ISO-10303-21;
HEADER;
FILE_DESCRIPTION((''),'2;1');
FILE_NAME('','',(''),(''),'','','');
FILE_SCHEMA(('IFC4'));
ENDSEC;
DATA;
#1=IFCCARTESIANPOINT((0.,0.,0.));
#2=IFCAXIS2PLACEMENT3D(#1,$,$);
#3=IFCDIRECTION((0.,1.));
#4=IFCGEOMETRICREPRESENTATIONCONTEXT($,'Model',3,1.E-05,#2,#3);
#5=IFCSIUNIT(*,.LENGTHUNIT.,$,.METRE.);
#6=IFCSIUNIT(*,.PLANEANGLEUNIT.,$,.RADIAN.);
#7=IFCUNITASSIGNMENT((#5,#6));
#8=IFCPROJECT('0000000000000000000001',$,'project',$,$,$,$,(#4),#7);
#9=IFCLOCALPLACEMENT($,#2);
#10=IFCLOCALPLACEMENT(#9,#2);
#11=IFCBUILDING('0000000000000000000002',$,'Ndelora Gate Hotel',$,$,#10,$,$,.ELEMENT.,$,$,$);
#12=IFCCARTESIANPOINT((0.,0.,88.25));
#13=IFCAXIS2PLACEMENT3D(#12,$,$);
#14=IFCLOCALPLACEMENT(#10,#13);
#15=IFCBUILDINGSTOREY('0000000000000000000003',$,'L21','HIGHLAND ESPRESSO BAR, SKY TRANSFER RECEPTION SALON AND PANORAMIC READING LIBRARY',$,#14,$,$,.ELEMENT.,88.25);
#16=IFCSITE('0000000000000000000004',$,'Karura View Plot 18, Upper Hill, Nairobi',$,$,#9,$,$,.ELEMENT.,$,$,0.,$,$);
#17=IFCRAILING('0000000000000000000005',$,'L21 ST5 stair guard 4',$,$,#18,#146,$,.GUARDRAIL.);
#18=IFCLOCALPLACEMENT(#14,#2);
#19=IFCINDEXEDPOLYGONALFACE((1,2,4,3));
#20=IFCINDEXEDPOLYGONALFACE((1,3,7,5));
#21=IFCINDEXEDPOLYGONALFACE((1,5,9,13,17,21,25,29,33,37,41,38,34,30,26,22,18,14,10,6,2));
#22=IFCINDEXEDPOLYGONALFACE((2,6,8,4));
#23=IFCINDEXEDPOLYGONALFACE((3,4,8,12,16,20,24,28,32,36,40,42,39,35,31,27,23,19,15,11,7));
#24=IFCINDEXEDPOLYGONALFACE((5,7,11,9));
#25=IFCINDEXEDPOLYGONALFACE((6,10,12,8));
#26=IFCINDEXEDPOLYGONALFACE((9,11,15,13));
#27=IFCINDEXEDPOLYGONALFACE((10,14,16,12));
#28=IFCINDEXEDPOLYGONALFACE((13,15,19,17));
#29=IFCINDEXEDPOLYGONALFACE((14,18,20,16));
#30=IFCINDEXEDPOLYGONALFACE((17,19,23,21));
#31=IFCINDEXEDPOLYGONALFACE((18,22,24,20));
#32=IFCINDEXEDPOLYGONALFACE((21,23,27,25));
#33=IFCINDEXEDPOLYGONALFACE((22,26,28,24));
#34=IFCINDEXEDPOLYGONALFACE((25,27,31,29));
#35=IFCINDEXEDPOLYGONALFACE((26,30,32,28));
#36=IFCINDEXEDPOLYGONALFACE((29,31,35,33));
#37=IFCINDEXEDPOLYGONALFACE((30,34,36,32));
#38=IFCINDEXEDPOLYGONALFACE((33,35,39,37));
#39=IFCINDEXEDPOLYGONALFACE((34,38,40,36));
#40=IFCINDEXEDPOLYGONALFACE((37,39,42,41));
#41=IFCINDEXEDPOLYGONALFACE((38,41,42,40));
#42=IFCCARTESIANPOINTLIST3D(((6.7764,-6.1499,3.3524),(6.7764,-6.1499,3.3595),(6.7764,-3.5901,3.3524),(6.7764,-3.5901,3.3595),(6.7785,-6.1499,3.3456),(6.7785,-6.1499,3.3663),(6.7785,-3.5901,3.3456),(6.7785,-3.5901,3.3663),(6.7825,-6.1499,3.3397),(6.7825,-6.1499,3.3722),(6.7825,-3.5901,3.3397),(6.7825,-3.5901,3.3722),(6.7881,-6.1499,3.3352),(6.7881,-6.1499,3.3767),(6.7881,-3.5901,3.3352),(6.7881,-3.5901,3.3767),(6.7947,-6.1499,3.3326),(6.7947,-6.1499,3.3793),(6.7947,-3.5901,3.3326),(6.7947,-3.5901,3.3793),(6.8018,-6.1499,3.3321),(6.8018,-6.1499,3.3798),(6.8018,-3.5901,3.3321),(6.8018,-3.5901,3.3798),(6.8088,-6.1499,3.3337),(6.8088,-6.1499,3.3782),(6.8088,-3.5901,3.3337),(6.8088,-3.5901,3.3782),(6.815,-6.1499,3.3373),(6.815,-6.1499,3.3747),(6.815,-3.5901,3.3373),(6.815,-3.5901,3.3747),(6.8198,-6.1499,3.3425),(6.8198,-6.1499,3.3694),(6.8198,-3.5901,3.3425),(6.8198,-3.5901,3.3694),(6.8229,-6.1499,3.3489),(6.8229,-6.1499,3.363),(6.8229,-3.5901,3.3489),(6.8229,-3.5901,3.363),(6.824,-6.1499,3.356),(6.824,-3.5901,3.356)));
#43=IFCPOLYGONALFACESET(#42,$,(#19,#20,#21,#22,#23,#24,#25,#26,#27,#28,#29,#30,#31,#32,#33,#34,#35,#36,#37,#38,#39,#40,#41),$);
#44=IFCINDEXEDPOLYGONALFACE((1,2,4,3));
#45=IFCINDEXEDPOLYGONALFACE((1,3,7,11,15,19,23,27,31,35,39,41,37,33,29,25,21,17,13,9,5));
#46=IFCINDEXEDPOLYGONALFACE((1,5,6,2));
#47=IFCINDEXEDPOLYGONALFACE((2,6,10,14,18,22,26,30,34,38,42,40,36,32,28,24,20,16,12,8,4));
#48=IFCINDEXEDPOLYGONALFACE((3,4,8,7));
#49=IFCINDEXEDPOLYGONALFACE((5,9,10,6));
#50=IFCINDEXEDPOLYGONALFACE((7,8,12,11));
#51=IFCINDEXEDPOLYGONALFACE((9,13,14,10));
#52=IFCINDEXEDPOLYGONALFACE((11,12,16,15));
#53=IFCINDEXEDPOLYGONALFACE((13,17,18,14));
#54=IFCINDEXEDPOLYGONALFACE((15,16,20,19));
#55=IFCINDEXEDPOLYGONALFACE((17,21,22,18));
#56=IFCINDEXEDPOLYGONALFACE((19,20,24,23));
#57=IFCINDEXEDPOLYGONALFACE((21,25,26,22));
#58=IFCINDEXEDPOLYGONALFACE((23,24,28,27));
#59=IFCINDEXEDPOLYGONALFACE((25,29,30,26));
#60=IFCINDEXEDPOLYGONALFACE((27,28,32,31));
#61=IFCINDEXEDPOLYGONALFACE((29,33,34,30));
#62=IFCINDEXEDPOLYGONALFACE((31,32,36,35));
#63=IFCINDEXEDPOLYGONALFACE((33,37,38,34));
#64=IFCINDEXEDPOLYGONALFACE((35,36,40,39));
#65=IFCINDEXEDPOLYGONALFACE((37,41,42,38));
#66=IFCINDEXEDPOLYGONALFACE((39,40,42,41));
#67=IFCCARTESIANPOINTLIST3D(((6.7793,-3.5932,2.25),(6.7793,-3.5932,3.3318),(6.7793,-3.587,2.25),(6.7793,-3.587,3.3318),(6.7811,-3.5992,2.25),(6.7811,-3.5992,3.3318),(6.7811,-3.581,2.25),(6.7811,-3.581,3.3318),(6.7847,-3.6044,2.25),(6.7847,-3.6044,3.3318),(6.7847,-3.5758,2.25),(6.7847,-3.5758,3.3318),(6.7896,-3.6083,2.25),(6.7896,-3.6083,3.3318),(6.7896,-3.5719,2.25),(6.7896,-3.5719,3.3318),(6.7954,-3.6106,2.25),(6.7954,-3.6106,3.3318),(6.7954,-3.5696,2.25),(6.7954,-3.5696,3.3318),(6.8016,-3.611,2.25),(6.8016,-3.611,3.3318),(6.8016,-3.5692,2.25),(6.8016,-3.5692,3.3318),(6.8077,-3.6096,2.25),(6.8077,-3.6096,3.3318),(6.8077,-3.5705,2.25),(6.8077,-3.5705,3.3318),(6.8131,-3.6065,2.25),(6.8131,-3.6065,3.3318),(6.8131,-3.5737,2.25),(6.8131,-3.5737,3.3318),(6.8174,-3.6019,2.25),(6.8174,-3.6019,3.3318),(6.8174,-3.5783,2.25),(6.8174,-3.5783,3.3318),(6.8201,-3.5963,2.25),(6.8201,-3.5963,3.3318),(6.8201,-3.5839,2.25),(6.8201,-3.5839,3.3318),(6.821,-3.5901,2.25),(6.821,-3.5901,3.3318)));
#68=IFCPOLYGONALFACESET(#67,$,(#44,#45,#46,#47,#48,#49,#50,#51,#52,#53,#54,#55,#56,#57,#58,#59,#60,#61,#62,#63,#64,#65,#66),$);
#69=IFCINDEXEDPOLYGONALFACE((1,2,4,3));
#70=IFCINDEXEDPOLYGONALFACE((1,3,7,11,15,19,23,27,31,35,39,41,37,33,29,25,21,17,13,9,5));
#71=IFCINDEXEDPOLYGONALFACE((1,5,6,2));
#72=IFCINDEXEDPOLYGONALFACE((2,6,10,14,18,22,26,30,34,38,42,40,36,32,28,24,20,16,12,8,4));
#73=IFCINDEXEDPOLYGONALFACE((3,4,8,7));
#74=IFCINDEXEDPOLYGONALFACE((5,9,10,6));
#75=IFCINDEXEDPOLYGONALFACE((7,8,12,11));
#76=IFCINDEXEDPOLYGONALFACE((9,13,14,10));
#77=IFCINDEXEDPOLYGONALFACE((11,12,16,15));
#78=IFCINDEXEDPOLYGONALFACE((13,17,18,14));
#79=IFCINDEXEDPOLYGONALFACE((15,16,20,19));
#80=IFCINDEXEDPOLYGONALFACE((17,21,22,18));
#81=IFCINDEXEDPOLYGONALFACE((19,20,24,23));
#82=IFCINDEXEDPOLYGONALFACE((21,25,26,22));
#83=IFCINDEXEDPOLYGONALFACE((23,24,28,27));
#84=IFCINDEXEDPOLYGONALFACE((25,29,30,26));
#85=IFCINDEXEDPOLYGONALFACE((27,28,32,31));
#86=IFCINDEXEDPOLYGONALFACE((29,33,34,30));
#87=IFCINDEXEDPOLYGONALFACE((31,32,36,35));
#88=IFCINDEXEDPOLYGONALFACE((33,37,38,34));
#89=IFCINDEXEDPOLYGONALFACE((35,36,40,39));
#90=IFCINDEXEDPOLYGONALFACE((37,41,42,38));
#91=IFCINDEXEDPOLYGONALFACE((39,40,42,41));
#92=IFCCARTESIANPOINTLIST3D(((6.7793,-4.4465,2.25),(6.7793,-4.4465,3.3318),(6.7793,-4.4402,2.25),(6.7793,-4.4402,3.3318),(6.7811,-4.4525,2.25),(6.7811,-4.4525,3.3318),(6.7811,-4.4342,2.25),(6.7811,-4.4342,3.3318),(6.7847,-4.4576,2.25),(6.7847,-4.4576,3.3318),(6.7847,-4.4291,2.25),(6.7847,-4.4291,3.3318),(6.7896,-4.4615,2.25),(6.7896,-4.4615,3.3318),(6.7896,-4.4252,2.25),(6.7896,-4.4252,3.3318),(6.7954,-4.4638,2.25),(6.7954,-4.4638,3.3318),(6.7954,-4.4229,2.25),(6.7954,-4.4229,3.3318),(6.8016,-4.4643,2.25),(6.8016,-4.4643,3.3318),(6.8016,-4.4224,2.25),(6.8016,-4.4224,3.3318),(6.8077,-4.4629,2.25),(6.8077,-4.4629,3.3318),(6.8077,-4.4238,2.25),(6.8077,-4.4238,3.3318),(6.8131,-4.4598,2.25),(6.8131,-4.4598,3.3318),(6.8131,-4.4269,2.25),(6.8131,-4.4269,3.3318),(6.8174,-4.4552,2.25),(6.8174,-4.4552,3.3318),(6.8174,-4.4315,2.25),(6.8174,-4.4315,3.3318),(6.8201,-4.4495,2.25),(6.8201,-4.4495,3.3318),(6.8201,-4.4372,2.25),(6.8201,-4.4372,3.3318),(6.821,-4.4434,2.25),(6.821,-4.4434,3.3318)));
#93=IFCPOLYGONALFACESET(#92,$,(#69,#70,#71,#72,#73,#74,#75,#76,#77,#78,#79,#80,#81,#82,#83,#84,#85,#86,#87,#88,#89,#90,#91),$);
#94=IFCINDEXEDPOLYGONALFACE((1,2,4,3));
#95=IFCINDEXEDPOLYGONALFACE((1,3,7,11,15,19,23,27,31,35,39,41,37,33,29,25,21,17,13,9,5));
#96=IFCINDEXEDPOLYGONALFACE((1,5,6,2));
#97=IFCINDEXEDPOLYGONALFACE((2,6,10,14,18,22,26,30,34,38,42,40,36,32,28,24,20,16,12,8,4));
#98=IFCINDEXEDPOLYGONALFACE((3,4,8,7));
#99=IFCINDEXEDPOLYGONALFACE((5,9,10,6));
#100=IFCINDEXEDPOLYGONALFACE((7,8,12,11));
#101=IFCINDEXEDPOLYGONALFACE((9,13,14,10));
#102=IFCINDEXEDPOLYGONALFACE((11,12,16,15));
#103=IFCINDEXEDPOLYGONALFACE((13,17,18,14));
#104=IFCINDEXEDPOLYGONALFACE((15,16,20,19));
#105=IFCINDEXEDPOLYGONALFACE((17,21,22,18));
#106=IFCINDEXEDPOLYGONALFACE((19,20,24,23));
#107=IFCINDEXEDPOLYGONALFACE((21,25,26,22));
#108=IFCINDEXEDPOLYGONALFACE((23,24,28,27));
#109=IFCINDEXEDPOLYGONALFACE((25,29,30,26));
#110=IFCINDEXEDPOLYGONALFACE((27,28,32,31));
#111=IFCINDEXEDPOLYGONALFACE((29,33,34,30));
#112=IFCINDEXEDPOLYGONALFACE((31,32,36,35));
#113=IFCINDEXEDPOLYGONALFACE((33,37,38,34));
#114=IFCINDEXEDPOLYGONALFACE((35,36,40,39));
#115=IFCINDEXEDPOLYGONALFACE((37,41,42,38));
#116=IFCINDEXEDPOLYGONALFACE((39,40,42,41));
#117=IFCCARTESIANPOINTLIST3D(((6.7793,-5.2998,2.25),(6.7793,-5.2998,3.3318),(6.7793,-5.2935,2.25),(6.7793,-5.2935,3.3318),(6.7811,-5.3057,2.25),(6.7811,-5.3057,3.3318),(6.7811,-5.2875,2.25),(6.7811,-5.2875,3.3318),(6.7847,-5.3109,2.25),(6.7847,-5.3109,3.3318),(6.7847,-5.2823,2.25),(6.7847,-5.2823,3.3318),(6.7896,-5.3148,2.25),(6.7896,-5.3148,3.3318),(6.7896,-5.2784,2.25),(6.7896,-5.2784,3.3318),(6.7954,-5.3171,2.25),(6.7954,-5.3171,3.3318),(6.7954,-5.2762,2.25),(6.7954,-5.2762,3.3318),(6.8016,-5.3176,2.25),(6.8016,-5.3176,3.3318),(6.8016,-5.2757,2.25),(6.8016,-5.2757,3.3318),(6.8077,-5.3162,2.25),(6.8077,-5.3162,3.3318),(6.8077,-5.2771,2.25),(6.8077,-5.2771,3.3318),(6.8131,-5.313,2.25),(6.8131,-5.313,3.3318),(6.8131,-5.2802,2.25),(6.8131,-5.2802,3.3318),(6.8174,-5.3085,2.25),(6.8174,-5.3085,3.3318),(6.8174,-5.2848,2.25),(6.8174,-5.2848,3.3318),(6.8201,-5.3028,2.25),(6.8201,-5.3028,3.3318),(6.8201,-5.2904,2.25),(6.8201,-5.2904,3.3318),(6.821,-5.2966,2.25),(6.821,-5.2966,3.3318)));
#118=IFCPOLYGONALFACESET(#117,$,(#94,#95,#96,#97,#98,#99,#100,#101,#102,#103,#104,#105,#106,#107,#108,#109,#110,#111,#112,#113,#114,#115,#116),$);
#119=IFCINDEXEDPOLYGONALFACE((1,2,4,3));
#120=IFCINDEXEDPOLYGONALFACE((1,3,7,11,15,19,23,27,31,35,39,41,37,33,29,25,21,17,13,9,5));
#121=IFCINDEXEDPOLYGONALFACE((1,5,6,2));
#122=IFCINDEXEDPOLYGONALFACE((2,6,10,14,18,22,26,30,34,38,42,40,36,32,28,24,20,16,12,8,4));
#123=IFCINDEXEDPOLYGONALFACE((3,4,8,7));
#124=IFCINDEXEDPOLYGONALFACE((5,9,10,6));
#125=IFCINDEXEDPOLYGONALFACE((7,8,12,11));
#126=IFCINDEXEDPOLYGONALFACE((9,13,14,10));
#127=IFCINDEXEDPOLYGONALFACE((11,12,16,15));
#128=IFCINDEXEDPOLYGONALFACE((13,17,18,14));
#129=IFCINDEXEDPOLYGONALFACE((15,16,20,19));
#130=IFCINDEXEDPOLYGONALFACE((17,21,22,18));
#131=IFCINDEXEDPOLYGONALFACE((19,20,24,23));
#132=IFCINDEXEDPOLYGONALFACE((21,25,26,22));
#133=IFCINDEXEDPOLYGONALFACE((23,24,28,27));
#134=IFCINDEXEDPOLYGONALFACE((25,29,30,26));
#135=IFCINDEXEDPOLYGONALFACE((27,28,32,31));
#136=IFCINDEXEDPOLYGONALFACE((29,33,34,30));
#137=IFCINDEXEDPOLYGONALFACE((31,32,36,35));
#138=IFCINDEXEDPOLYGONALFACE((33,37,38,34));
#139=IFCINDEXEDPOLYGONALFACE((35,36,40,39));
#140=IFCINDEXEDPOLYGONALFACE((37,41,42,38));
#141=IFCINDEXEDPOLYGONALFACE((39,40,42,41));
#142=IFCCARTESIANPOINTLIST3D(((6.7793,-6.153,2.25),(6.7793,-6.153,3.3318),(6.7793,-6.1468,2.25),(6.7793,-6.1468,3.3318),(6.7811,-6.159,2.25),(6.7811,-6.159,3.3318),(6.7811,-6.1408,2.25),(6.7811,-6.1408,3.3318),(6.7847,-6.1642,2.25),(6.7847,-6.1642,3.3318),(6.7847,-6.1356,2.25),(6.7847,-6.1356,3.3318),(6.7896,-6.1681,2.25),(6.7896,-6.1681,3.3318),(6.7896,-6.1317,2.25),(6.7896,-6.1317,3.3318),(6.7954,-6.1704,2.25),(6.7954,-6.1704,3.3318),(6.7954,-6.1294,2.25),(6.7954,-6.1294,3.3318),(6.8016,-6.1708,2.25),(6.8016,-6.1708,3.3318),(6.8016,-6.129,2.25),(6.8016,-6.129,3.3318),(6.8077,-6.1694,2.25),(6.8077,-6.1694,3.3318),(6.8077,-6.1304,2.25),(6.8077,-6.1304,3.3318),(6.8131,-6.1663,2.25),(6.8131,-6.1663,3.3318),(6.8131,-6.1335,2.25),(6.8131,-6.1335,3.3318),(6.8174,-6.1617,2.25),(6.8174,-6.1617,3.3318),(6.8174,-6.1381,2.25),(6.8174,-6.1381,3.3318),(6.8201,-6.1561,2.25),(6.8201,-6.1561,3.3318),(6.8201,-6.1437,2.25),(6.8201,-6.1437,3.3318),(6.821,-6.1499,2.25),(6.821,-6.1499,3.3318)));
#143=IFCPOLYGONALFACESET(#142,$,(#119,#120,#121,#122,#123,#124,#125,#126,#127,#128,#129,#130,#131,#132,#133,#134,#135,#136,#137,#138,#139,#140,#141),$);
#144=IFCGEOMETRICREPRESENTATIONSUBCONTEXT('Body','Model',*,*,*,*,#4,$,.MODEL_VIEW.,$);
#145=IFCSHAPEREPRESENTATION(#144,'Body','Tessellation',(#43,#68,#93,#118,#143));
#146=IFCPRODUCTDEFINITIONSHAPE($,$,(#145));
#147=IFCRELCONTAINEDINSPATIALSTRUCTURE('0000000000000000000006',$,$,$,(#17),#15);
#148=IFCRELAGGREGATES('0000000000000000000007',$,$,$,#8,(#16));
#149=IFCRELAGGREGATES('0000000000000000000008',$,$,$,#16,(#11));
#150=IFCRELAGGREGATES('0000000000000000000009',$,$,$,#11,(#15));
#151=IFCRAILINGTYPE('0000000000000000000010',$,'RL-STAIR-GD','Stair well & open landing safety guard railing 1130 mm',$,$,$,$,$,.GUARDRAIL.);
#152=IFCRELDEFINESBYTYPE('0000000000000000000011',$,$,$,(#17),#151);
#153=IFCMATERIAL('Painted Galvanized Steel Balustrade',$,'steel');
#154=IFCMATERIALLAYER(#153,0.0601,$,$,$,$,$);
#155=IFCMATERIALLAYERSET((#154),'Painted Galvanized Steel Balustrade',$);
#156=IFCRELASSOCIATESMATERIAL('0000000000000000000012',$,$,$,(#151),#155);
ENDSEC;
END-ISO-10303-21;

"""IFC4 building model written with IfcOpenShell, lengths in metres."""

from ifc_helpers import new_model, si_unit, direction, frame, origin, origin_2d, place, context, subcontext, project, spatial, circle, extrude, material, layer, layer_set, type_object, element, save


model = new_model("IFC4")

# Units and contexts
model_context = context("Model", 3, precision=1e-05, world=origin(), true_north=direction((0.0, 1.0)))
body_context = subcontext(model_context, "Body", "Model", "MODEL_VIEW")
ifc_project = project(units=[si_unit("LENGTHUNIT", "METRE"), si_unit("PLANEANGLEUNIT", "RADIAN")], contexts=[model_context])

# Site, building, storey
site_placement = place(None, origin())
site = spatial("IfcSite", under=ifc_project, at=site_placement, Name="Karura View Plot 18, Upper Hill, Nairobi", CompositionType="ELEMENT", RefElevation=0.0)
building_placement = place(site_placement, origin())
building = spatial("IfcBuilding", under=site, at=building_placement, Name="Ndelora Gate Hotel", CompositionType="ELEMENT")
storey_placement = place(building_placement, frame((0.0, 0.0, 88.25)))
storey = spatial("IfcBuildingStorey", under=building, at=storey_placement, Name="L21", Description="HIGHLAND ESPRESSO BAR, SKY TRANSFER RECEPTION SALON AND PANORAMIC READING LIBRARY", CompositionType="ELEMENT", Elevation=88.25)

# Railing
ifc_material_1 = material(Name="Painted Galvanized Steel Balustrade", Category="steel")
ifc_layer_1 = layer(ifc_material_1, 0.0601)
ifc_layer_set_1 = layer_set([ifc_layer_1], Name="Painted Galvanized Steel Balustrade")
railing_type_1 = type_object("IfcRailingType", Name="RL-STAIR-GD", Description="Stair well & open landing safety guard railing 1130 mm", PredefinedType="GUARDRAIL", material=ifc_layer_set_1)
for number, where, name in (
    (1, (6.8, -3.5901, 2.25), "L21 ST5 stair guard 4"),
):
    element("IfcRailing", number, at=place(storey_placement, frame(where)), inside=storey, type_object=railing_type_1, Name=name, PredefinedType="GUARDRAIL", context=body_context, shape_type="SweptSolid", body=[
        extrude(circle(Radius=0.0239, at=origin_2d()), frame((0.0, 0.0, 1.106), z_axis=(0.0, -1.0, 0.0), x_axis=(1.0, 0.0, 0.0)), (0.0, 0.0, 1.0), 2.5598),
        extrude(circle(Radius=0.021, at=origin_2d()), origin(), (0.0, 0.0, 1.0), 1.0818),
        extrude(circle(Radius=0.021, at=origin_2d()), frame((0.0, -0.8533, 0.0)), (0.0, 0.0, 1.0), 1.0818),
        extrude(circle(Radius=0.021, at=origin_2d()), frame((0.0, -1.7065, 0.0)), (0.0, 0.0, 1.0), 1.0818),
        extrude(circle(Radius=0.021, at=origin_2d()), frame((0.0, -2.5598, 0.0)), (0.0, 0.0, 1.0), 1.0818),
    ])

save(model, "model.ifc")
